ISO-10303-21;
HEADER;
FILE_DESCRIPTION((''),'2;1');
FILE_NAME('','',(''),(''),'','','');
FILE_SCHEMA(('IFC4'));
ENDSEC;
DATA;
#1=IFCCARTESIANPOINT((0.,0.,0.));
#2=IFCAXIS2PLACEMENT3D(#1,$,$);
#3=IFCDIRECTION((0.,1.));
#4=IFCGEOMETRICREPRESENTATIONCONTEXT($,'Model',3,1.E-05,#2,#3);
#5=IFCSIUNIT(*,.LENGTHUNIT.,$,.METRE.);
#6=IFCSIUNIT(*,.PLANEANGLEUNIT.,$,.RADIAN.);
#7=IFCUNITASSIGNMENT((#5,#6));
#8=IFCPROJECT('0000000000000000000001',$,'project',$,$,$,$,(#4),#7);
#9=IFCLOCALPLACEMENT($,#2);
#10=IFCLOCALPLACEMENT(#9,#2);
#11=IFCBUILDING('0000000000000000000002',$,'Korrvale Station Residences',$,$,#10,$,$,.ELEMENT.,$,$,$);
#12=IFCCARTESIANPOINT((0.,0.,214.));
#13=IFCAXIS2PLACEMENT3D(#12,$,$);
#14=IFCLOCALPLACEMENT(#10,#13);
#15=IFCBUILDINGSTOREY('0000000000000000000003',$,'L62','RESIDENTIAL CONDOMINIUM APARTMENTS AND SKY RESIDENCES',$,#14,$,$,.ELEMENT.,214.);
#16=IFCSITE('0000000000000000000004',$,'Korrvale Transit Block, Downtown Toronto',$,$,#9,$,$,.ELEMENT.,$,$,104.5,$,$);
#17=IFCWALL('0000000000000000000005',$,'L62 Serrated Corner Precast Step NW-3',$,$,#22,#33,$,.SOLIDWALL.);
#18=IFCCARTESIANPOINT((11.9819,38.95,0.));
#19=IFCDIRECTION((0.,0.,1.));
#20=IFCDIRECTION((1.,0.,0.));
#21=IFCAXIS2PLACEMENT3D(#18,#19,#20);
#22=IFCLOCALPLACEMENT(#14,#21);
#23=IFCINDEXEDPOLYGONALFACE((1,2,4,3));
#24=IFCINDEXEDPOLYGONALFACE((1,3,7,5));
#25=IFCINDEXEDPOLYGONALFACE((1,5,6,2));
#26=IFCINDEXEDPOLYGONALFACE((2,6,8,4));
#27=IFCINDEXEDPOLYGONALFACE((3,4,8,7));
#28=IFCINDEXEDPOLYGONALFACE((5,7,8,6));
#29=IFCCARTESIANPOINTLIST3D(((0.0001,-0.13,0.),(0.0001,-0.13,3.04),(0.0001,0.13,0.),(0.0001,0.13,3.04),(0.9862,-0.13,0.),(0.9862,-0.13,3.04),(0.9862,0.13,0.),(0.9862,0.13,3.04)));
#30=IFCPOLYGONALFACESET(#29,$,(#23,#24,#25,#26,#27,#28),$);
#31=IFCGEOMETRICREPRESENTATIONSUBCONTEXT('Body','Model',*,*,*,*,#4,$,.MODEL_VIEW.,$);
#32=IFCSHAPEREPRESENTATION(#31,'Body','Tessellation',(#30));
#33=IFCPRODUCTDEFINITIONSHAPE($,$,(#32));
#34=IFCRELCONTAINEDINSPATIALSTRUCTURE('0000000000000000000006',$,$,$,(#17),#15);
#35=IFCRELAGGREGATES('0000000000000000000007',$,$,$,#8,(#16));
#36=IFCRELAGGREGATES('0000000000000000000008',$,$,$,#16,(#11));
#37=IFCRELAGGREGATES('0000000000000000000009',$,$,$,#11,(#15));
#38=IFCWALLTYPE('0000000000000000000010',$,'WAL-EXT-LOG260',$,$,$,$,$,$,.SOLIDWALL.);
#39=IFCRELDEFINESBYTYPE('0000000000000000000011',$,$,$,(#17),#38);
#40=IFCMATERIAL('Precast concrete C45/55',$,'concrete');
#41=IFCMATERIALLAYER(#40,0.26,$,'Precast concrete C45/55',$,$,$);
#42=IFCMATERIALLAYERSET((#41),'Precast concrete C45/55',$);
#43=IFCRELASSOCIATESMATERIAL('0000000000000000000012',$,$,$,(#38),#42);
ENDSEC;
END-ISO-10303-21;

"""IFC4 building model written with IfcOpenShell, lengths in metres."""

from ifc_helpers import new_model, si_unit, direction, frame, frame_2d, origin, place, context, subcontext, project, spatial, rectangle, extrude, material, layer, layer_set, type_object, element, save


model = new_model("IFC4")

# Units and contexts
model_context = context("Model", 3, precision=1e-05, world=origin(), true_north=direction((0.0, 1.0)))
body_context = subcontext(model_context, "Body", "Model", "MODEL_VIEW")
ifc_project = project(units=[si_unit("LENGTHUNIT", "METRE"), si_unit("PLANEANGLEUNIT", "RADIAN")], contexts=[model_context])

# Site, building, storey
site_placement = place(None, origin())
site = spatial("IfcSite", under=ifc_project, at=site_placement, Name="Korrvale Transit Block, Downtown Toronto", CompositionType="ELEMENT", RefElevation=104.5)
building_placement = place(site_placement, origin())
building = spatial("IfcBuilding", under=site, at=building_placement, Name="Korrvale Station Residences", CompositionType="ELEMENT")
storey_placement = place(building_placement, frame((0.0, 0.0, 214.0)))
storey = spatial("IfcBuildingStorey", under=building, at=storey_placement, Name="L62", Description="RESIDENTIAL CONDOMINIUM APARTMENTS AND SKY RESIDENCES", CompositionType="ELEMENT", Elevation=214.0)

# Wall
ifc_material_1 = material(Name="Precast concrete C45/55", Category="concrete")
ifc_layer_1 = layer(ifc_material_1, 0.26, Name="Precast concrete C45/55")
ifc_layer_set_1 = layer_set([ifc_layer_1], Name="Precast concrete C45/55")
wall_type_1 = type_object("IfcWallType", Name="WAL-EXT-LOG260", PredefinedType="SOLIDWALL", material=ifc_layer_set_1)
wall_1_placement = place(storey_placement, frame((11.9819, 38.95, 0.0), z_axis=(0.0, 0.0, 1.0), x_axis=(1.0, 0.0, 0.0)))
element("IfcWall", 1, at=wall_1_placement, inside=storey, type_object=wall_type_1, Name="L62 Serrated Corner Precast Step NW-3", PredefinedType="SOLIDWALL", context=body_context, shape_type="SweptSolid", body=[
    extrude(rectangle(XDim=0.9861, YDim=0.26, at=frame_2d((0.4932, 0.0))), origin(), (0.0, 0.0, 1.0), 3.04),
])

save(model, "model.ifc")
